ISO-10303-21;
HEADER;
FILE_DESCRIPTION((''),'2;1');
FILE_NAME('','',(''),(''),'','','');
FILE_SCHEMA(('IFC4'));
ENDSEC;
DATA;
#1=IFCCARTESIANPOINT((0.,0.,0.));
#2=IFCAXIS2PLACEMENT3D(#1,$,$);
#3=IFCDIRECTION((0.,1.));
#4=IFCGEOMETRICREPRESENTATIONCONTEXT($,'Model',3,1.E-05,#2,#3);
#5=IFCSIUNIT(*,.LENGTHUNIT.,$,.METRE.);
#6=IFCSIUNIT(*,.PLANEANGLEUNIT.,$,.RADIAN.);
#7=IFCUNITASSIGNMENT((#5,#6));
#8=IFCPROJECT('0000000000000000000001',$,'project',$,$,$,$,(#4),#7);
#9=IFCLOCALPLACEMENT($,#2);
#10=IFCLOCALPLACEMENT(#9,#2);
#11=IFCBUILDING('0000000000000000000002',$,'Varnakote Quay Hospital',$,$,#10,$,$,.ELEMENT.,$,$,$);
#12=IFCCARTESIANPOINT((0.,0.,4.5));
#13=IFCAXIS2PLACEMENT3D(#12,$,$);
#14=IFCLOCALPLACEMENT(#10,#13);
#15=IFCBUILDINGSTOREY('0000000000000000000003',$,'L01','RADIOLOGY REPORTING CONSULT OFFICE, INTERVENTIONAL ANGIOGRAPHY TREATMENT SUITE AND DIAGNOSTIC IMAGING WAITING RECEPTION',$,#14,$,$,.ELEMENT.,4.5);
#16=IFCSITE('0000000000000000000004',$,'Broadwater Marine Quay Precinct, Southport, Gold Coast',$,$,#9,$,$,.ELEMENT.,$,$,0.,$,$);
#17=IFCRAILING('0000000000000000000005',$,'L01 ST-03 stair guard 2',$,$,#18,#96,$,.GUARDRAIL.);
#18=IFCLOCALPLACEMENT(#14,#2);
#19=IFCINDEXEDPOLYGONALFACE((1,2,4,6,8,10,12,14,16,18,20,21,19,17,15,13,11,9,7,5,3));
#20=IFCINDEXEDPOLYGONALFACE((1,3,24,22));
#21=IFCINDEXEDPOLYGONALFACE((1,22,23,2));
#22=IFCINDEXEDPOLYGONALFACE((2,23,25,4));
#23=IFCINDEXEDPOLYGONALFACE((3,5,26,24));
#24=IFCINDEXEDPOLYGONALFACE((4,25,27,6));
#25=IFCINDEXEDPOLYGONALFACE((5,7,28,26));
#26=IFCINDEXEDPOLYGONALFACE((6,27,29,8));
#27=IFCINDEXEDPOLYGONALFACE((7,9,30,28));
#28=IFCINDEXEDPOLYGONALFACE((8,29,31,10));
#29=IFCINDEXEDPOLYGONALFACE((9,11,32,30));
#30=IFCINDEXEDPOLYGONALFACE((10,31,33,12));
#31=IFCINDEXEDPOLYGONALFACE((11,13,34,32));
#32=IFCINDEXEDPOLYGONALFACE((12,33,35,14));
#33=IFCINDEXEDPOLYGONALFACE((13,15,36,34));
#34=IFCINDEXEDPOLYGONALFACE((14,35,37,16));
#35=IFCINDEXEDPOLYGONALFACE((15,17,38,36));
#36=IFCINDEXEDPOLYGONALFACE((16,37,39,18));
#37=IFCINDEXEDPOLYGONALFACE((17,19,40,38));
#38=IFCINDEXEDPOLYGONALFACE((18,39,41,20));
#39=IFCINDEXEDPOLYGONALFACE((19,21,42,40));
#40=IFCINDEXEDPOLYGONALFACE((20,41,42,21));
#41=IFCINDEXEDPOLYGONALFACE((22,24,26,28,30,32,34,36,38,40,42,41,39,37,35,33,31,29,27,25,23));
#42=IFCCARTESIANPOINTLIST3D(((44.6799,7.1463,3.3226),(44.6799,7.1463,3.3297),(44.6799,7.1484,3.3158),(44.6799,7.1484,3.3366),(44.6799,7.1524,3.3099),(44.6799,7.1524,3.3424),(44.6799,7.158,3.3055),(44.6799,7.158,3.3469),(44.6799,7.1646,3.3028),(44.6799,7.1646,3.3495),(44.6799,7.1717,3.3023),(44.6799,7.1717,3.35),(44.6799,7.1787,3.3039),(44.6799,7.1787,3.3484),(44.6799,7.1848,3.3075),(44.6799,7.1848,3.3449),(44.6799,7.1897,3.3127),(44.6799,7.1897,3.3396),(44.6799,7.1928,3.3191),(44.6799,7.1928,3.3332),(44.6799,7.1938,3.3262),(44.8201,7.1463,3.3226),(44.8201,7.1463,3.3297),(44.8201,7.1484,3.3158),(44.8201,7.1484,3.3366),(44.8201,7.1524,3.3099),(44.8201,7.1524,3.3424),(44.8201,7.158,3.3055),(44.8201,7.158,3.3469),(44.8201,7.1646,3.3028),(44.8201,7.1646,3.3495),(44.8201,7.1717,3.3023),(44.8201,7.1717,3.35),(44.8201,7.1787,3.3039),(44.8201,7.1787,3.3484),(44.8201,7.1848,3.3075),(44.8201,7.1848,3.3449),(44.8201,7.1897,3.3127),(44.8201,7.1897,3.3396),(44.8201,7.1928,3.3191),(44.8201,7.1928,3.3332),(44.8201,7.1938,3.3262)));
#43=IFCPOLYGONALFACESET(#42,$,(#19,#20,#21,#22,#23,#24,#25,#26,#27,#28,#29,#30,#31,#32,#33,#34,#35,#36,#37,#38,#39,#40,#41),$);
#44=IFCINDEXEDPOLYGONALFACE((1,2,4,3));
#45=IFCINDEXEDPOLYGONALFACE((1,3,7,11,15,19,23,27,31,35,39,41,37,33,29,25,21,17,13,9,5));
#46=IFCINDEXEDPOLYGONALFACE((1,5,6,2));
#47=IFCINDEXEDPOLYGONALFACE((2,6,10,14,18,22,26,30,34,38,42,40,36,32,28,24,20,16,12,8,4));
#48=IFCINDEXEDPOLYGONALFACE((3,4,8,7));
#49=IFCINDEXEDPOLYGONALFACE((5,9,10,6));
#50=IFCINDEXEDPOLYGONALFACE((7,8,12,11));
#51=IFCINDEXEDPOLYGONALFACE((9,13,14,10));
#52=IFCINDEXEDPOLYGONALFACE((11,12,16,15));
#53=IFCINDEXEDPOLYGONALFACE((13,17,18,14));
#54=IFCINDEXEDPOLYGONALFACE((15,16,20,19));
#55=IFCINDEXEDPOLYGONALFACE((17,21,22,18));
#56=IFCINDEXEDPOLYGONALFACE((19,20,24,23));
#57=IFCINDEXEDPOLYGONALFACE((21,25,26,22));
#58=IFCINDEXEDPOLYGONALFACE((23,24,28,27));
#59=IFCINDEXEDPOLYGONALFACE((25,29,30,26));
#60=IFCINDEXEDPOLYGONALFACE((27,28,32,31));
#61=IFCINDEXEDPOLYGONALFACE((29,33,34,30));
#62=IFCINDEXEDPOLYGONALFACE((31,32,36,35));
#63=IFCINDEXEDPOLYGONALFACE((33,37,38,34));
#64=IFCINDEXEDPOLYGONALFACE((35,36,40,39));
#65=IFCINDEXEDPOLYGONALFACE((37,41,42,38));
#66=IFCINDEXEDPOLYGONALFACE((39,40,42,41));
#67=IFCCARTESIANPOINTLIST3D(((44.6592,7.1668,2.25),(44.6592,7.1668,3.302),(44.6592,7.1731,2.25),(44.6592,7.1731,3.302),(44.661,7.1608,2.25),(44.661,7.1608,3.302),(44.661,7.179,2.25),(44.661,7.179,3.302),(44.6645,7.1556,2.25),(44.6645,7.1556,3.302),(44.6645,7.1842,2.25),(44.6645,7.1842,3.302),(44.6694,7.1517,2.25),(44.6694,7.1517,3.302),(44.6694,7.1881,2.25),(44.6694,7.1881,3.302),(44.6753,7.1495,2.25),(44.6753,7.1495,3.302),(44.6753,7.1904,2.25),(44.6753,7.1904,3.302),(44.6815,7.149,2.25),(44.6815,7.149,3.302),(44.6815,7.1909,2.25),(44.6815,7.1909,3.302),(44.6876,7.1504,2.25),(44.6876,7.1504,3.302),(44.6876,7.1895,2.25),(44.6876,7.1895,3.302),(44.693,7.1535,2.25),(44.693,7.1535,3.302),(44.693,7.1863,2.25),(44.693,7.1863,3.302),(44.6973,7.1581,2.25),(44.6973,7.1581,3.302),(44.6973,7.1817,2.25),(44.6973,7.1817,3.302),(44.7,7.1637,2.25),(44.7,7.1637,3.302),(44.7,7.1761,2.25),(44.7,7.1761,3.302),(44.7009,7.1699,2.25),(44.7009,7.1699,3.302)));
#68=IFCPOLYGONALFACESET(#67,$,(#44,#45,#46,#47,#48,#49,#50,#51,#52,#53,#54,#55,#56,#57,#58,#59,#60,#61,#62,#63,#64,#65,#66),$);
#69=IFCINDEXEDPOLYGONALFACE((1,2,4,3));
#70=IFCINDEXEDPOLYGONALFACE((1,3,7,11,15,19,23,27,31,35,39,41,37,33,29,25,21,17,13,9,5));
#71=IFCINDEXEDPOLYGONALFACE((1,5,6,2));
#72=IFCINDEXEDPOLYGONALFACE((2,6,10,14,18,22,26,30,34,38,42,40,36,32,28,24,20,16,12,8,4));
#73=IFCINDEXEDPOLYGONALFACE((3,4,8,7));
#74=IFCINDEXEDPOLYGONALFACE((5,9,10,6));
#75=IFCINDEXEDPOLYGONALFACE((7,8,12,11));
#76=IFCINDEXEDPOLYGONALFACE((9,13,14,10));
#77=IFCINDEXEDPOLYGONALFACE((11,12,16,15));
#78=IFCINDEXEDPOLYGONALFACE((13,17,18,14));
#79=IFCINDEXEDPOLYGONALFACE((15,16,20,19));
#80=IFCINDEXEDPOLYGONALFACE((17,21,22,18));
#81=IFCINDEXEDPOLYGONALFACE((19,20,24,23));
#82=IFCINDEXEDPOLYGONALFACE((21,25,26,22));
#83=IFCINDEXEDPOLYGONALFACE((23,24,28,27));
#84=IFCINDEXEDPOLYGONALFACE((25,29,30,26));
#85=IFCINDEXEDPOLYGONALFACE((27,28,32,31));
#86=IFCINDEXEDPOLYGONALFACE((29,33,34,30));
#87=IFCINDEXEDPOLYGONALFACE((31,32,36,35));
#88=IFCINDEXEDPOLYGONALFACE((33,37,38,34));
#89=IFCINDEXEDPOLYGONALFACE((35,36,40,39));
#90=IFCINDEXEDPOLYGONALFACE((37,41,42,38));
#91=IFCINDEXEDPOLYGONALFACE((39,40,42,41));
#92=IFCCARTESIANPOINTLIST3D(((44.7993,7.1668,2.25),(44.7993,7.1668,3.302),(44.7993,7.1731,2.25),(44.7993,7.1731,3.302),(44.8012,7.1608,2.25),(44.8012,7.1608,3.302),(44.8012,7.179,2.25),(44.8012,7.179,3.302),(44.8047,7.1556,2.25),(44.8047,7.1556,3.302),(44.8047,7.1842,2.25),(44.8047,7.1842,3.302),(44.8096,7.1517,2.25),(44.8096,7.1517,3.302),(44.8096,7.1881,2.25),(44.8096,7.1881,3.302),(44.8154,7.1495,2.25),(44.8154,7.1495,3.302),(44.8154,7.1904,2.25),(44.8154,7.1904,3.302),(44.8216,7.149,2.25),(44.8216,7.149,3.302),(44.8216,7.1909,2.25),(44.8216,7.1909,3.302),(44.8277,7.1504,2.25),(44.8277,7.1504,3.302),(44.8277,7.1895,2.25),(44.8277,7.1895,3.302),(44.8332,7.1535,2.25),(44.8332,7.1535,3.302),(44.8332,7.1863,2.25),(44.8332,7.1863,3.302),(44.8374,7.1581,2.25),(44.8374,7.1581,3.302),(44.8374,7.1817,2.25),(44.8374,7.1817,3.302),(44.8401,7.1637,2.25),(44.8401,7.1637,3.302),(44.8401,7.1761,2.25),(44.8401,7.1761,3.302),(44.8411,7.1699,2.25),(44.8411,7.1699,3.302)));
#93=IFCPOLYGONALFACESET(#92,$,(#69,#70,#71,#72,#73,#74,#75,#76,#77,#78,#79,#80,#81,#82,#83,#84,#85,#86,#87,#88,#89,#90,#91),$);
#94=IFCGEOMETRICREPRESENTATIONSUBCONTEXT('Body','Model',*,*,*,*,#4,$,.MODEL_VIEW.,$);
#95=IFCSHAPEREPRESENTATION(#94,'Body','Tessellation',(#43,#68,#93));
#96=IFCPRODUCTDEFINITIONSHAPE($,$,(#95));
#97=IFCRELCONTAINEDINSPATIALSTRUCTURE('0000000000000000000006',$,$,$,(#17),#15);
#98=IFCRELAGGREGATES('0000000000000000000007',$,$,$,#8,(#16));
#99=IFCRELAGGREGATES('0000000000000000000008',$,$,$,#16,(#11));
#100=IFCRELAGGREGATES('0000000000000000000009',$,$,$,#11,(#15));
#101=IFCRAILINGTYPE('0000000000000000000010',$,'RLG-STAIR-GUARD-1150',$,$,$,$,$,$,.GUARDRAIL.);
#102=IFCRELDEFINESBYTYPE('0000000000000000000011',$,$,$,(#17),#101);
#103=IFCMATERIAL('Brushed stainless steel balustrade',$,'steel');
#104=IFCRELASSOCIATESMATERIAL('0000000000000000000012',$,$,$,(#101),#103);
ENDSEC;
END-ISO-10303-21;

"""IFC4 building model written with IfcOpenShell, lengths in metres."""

from ifc_helpers import new_model, si_unit, direction, frame, origin, origin_2d, place, context, subcontext, project, spatial, circle, extrude, material, type_object, element, save


model = new_model("IFC4")

# Units and contexts
model_context = context("Model", 3, precision=1e-05, world=origin(), true_north=direction((0.0, 1.0)))
body_context = subcontext(model_context, "Body", "Model", "MODEL_VIEW")
ifc_project = project(units=[si_unit("LENGTHUNIT", "METRE"), si_unit("PLANEANGLEUNIT", "RADIAN")], contexts=[model_context])

# Site, building, storey
site_placement = place(None, origin())
site = spatial("IfcSite", under=ifc_project, at=site_placement, Name="Broadwater Marine Quay Precinct, Southport, Gold Coast", CompositionType="ELEMENT", RefElevation=0.0)
building_placement = place(site_placement, origin())
building = spatial("IfcBuilding", under=site, at=building_placement, Name="Varnakote Quay Hospital", CompositionType="ELEMENT")
storey_placement = place(building_placement, frame((0.0, 0.0, 4.5)))
storey = spatial("IfcBuildingStorey", under=building, at=storey_placement, Name="L01", Description="RADIOLOGY REPORTING CONSULT OFFICE, INTERVENTIONAL ANGIOGRAPHY TREATMENT SUITE AND DIAGNOSTIC IMAGING WAITING RECEPTION", CompositionType="ELEMENT", Elevation=4.5)

# Railing
ifc_material_1 = material(Name="Brushed stainless steel balustrade", Category="steel")
railing_type_1 = type_object("IfcRailingType", Name="RLG-STAIR-GUARD-1150", PredefinedType="GUARDRAIL", material=ifc_material_1)
railing_1_placement = place(storey_placement, frame((44.6799, 7.1699, 2.25)))
element("IfcRailing", 1, at=railing_1_placement, inside=storey, type_object=railing_type_1, Name="L01 ST-03 stair guard 2", PredefinedType="GUARDRAIL", context=body_context, shape_type="SweptSolid", body=[
    extrude(circle(Radius=0.0239, at=origin_2d()), frame((0.0, 0.0, 1.0762), z_axis=(1.0, 0.0, 0.0), x_axis=(0.0, 1.0, 0.0)), (0.0, 0.0, 1.0), 0.1401),
    extrude(circle(Radius=0.021, at=origin_2d()), origin(), (0.0, 0.0, 1.0), 1.052),
    extrude(circle(Radius=0.021, at=origin_2d()), frame((0.1401, 0.0, 0.0)), (0.0, 0.0, 1.0), 1.052),
])

save(model, "model.ifc")
